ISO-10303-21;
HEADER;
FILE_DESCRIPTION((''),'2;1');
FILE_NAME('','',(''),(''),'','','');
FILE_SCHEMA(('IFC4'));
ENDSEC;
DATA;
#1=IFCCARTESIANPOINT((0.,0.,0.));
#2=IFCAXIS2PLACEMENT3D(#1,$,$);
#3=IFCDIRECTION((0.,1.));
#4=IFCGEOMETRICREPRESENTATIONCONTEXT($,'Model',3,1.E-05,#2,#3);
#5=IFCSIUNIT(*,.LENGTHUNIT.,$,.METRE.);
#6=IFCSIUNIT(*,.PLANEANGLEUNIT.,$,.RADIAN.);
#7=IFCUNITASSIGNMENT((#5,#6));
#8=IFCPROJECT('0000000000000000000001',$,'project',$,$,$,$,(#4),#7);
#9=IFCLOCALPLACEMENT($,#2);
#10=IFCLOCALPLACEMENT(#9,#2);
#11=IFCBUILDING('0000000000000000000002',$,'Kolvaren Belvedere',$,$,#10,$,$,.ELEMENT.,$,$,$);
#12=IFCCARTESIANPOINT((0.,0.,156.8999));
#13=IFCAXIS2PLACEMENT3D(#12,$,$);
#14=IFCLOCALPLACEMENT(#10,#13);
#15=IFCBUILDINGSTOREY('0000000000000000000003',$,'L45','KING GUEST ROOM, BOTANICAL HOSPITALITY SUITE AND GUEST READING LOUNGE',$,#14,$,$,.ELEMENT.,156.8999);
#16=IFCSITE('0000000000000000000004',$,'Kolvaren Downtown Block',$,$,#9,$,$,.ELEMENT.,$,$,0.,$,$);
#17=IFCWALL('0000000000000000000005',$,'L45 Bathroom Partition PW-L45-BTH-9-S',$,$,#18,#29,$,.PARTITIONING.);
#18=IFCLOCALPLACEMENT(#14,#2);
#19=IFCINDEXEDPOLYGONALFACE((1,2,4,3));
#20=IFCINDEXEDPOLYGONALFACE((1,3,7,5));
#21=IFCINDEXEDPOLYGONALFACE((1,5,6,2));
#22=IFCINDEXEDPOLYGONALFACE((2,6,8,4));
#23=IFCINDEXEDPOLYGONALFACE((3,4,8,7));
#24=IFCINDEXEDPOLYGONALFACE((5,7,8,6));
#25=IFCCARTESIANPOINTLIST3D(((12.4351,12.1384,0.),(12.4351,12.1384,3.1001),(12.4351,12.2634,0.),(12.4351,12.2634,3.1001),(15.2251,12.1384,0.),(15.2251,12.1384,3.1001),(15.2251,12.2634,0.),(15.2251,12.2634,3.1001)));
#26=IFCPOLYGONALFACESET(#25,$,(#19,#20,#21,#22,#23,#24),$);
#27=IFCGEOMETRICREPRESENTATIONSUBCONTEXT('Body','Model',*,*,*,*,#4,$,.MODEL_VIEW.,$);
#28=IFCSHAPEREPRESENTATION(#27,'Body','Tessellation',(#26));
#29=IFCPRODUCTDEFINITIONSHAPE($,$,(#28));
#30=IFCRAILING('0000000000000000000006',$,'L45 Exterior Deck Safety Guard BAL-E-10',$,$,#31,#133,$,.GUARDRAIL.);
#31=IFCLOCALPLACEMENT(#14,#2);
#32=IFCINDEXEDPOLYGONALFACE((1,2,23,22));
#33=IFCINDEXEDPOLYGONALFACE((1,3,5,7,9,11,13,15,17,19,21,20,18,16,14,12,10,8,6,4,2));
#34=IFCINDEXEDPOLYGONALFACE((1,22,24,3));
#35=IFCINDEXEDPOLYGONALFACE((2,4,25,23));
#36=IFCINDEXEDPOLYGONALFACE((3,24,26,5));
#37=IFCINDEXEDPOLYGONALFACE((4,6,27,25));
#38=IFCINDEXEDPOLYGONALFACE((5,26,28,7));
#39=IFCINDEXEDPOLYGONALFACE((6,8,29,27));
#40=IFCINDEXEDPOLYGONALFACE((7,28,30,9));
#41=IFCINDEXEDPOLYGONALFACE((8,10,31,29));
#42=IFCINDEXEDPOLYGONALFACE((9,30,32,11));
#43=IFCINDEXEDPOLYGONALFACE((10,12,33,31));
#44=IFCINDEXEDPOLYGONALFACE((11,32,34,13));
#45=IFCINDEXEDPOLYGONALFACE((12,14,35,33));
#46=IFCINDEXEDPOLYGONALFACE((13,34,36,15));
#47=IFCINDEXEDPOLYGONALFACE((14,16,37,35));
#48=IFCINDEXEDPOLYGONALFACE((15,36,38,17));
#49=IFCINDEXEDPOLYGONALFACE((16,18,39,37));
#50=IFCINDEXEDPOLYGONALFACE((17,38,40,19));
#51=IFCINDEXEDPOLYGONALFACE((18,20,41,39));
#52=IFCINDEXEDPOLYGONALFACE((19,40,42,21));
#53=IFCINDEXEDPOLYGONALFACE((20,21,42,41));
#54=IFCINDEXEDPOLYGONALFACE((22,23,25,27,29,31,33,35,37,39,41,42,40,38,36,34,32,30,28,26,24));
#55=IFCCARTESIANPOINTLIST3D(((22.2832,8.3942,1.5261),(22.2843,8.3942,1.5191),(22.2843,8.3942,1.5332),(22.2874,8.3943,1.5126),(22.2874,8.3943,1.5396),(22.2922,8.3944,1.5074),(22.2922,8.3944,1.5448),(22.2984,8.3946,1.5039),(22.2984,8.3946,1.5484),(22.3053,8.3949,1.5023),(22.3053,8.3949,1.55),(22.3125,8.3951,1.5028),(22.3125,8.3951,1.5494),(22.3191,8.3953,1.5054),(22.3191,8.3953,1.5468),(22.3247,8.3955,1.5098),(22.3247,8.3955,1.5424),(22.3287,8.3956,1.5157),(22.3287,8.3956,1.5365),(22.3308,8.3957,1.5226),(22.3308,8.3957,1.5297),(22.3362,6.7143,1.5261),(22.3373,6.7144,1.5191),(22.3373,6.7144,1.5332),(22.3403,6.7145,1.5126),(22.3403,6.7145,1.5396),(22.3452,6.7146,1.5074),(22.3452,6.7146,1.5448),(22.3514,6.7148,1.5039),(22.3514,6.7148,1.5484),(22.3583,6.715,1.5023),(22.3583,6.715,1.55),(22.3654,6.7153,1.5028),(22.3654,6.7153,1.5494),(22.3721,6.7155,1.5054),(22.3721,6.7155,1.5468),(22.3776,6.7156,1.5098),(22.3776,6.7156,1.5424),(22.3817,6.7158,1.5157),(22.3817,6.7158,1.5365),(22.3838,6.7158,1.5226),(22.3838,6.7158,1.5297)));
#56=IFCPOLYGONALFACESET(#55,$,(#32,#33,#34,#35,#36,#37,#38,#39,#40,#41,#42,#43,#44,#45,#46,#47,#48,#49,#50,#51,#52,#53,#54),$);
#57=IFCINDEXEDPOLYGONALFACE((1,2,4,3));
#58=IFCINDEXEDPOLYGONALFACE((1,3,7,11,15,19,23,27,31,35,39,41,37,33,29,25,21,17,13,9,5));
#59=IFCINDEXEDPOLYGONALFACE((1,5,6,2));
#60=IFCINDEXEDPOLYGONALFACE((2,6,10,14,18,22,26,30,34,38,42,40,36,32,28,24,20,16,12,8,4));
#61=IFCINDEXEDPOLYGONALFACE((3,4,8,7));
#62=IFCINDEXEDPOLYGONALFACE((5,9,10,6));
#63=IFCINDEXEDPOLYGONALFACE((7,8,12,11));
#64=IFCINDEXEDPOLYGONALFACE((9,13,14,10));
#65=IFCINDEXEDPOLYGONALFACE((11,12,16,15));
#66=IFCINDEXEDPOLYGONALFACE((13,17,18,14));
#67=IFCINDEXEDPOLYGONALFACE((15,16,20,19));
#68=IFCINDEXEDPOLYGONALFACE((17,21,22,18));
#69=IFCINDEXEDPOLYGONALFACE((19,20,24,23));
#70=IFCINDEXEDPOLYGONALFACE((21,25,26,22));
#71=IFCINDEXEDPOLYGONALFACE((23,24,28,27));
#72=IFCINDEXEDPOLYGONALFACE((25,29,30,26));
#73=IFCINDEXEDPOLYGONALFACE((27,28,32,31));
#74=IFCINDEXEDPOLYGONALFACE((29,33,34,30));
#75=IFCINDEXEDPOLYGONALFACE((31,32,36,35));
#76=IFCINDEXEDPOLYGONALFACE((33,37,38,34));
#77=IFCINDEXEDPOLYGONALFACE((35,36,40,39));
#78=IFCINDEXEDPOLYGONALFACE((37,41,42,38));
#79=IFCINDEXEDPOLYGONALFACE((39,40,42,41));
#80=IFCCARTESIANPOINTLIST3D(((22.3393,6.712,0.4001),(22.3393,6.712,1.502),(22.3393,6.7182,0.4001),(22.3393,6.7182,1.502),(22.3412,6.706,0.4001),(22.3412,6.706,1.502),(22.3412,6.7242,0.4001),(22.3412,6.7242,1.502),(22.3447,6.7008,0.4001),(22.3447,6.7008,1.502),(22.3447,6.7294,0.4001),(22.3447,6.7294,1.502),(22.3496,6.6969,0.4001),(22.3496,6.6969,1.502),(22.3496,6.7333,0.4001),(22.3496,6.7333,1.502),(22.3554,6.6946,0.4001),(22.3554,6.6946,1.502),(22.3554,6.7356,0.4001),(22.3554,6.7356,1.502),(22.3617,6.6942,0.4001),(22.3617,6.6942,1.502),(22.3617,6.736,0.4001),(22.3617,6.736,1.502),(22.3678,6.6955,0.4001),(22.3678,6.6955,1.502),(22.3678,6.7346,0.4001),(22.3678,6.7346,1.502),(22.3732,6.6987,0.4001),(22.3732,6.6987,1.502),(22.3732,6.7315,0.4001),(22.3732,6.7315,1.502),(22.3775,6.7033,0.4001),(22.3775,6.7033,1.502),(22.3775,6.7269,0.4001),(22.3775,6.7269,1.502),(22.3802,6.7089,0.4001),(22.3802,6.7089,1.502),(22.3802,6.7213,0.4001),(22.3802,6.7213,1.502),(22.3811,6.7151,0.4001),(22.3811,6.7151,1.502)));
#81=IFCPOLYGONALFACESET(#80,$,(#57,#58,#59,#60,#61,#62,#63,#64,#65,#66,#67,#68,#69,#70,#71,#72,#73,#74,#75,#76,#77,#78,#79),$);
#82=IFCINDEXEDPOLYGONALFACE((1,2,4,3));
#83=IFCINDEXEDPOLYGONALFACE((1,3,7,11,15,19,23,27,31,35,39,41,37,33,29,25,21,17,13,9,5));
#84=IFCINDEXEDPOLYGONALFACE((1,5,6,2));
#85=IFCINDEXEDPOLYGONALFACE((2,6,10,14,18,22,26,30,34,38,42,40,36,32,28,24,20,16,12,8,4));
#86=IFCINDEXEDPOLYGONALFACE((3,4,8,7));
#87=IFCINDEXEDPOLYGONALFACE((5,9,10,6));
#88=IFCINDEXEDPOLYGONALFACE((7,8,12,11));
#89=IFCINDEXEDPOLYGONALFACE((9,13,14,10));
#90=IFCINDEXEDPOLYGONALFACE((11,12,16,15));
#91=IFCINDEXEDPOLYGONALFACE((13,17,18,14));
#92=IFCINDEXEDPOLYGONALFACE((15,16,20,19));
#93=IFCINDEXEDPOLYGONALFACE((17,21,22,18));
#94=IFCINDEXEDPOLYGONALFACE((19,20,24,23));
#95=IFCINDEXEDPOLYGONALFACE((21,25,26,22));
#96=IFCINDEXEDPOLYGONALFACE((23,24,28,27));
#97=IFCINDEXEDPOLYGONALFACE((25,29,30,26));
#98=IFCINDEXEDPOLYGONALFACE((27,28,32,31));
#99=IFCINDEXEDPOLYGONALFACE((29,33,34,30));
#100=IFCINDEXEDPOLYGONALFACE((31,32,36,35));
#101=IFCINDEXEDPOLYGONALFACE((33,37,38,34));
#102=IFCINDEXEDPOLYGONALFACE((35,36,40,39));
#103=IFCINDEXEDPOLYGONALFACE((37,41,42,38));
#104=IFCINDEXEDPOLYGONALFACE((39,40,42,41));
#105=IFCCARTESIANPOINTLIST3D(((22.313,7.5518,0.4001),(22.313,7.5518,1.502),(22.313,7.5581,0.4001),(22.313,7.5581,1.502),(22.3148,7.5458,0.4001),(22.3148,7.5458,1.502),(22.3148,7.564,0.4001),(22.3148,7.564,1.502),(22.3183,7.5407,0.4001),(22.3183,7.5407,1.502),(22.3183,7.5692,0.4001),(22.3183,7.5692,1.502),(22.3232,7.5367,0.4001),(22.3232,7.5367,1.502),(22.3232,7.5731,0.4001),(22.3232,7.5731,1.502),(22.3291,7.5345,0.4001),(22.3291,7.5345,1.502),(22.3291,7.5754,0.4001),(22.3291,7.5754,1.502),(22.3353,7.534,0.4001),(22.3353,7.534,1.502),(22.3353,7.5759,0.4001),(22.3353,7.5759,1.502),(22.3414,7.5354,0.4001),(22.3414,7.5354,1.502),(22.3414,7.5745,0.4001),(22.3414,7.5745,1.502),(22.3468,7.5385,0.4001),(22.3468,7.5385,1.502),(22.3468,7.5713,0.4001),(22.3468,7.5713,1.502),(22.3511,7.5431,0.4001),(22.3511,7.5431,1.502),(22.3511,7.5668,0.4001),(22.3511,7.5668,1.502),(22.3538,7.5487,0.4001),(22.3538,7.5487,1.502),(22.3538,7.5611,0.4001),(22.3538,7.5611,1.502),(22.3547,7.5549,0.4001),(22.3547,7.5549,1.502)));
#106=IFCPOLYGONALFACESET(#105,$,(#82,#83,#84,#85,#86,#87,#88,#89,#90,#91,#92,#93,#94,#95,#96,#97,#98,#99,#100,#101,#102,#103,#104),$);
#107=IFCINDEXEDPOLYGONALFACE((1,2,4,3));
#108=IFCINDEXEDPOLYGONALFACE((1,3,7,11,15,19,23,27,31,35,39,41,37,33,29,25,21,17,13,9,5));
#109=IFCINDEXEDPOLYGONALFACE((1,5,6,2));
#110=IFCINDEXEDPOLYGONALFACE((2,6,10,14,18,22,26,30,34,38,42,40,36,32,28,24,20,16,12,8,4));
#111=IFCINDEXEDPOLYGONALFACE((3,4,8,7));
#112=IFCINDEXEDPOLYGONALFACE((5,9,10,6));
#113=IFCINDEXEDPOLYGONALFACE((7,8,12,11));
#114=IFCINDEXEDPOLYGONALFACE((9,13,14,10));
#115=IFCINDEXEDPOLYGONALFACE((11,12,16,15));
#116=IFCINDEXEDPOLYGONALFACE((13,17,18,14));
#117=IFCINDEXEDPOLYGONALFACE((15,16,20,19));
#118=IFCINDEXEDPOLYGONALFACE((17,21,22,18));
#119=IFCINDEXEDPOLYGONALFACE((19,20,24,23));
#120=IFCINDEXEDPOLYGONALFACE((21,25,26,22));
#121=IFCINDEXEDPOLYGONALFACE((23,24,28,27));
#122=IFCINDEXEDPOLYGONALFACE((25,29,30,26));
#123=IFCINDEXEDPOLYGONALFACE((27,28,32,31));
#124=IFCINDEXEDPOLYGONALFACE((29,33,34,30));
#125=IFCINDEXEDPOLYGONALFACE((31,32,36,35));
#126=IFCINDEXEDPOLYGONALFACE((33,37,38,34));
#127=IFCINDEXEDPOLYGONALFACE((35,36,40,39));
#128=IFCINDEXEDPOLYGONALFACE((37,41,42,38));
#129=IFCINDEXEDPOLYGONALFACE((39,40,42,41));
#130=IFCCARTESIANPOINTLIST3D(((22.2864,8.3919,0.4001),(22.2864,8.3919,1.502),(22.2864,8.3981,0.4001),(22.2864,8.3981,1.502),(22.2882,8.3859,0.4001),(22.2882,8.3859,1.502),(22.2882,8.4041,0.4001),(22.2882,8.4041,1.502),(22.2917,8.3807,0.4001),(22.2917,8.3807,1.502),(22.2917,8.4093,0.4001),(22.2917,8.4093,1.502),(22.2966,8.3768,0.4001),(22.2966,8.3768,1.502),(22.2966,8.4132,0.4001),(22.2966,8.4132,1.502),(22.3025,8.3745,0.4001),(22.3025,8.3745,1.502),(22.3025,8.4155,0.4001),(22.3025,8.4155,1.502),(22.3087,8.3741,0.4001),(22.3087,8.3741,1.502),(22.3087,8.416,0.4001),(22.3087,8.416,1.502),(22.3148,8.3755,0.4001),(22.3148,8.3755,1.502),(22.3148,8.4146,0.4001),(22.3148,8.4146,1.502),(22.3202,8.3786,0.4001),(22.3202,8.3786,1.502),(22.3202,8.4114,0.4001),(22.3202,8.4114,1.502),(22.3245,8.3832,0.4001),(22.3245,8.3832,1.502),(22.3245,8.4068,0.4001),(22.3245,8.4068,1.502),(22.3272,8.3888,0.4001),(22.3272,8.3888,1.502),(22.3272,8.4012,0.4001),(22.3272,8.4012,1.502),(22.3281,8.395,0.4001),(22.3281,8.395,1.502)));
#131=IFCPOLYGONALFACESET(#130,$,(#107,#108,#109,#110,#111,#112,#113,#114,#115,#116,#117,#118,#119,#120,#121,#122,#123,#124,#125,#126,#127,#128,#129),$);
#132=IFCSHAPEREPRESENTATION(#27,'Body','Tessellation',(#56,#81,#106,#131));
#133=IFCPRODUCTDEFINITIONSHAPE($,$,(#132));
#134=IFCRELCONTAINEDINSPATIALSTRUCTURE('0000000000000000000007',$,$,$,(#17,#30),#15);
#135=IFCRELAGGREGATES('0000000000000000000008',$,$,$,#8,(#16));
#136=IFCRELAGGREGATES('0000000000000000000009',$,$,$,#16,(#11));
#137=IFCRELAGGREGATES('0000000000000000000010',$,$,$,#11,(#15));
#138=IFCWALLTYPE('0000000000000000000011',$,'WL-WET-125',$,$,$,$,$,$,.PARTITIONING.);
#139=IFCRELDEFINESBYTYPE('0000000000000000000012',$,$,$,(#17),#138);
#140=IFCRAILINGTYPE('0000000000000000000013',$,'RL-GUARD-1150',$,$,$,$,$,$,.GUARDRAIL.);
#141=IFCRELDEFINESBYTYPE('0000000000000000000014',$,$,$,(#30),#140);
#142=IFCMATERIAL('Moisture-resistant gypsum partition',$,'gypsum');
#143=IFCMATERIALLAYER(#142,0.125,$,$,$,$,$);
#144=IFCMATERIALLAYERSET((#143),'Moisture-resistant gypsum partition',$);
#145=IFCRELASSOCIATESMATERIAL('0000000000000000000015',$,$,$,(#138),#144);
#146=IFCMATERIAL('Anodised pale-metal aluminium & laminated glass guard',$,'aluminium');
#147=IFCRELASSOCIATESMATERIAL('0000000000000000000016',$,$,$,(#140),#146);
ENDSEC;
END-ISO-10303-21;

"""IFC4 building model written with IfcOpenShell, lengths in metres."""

from ifc_helpers import new_model, si_unit, direction, frame, frame_2d, origin, origin_2d, place, context, subcontext, project, spatial, rectangle, circle, extrude, material, layer, layer_set, type_object, element, save


model = new_model("IFC4")

# Units and contexts
model_context = context("Model", 3, precision=1e-05, world=origin(), true_north=direction((0.0, 1.0)))
body_context = subcontext(model_context, "Body", "Model", "MODEL_VIEW")
ifc_project = project(units=[si_unit("LENGTHUNIT", "METRE"), si_unit("PLANEANGLEUNIT", "RADIAN")], contexts=[model_context])

# Site, building, storey
site_placement = place(None, origin())
site = spatial("IfcSite", under=ifc_project, at=site_placement, Name="Kolvaren Downtown Block", CompositionType="ELEMENT", RefElevation=0.0)
building_placement = place(site_placement, origin())
building = spatial("IfcBuilding", under=site, at=building_placement, Name="Kolvaren Belvedere", CompositionType="ELEMENT")
storey_placement = place(building_placement, frame((0.0, 0.0, 156.8999)))
storey = spatial("IfcBuildingStorey", under=building, at=storey_placement, Name="L45", Description="KING GUEST ROOM, BOTANICAL HOSPITALITY SUITE AND GUEST READING LOUNGE", CompositionType="ELEMENT", Elevation=156.8999)

# Shared definitions
ifc_material_1 = material(Name="Moisture-resistant gypsum partition", Category="gypsum")
ifc_layer_1 = layer(ifc_material_1, 0.125)
ifc_layer_set_1 = layer_set([ifc_layer_1], Name="Moisture-resistant gypsum partition")
wall_type_1 = type_object("IfcWallType", Name="WL-WET-125", PredefinedType="PARTITIONING", material=ifc_layer_set_1)

# Wall
wall_1_placement = place(storey_placement, frame((12.4351, 12.2009, 0.0), z_axis=(0.0, 0.0, 1.0), x_axis=(1.0, 0.0, 0.0)))
element("IfcWall", 1, at=wall_1_placement, inside=storey, type_object=wall_type_1, Name="L45 Bathroom Partition PW-L45-BTH-9-S", PredefinedType="PARTITIONING", context=body_context, shape_type="SweptSolid", body=[
    extrude(rectangle(XDim=2.79, YDim=0.125, at=frame_2d((1.395, 0.0))), origin(), (0.0, 0.0, 1.0), 3.1001),
])

# Railing
ifc_material_2 = material(Name="Anodised pale-metal aluminium & laminated glass guard", Category="aluminium")
railing_type = type_object("IfcRailingType", Name="RL-GUARD-1150", PredefinedType="GUARDRAIL", material=ifc_material_2)
railing_1_placement = place(storey_placement, frame((22.3601, 6.7151, 0.4001)))
element("IfcRailing", 2, at=railing_1_placement, inside=storey, type_object=railing_type, Name="L45 Exterior Deck Safety Guard BAL-E-10", PredefinedType="GUARDRAIL", context=body_context, shape_type="SweptSolid", body=[
    extrude(circle(Radius=0.0239, at=origin_2d()), frame((0.0, 0.0, 1.126), z_axis=(-0.03152, 0.999503, 0.0), x_axis=(-0.999503, -0.03152, 0.0)), (0.0, 0.0, 1.0), 1.6807),
    extrude(circle(Radius=0.021, at=origin_2d()), origin(), (0.0, 0.0, 1.0), 1.1018),
    extrude(circle(Radius=0.021, at=origin_2d()), frame((-0.0264, 0.8398, 0.0)), (0.0, 0.0, 1.0), 1.1018),
    extrude(circle(Radius=0.021, at=origin_2d()), frame((-0.053, 1.6799, 0.0)), (0.0, 0.0, 1.0), 1.1018),
])

save(model, "model.ifc")
